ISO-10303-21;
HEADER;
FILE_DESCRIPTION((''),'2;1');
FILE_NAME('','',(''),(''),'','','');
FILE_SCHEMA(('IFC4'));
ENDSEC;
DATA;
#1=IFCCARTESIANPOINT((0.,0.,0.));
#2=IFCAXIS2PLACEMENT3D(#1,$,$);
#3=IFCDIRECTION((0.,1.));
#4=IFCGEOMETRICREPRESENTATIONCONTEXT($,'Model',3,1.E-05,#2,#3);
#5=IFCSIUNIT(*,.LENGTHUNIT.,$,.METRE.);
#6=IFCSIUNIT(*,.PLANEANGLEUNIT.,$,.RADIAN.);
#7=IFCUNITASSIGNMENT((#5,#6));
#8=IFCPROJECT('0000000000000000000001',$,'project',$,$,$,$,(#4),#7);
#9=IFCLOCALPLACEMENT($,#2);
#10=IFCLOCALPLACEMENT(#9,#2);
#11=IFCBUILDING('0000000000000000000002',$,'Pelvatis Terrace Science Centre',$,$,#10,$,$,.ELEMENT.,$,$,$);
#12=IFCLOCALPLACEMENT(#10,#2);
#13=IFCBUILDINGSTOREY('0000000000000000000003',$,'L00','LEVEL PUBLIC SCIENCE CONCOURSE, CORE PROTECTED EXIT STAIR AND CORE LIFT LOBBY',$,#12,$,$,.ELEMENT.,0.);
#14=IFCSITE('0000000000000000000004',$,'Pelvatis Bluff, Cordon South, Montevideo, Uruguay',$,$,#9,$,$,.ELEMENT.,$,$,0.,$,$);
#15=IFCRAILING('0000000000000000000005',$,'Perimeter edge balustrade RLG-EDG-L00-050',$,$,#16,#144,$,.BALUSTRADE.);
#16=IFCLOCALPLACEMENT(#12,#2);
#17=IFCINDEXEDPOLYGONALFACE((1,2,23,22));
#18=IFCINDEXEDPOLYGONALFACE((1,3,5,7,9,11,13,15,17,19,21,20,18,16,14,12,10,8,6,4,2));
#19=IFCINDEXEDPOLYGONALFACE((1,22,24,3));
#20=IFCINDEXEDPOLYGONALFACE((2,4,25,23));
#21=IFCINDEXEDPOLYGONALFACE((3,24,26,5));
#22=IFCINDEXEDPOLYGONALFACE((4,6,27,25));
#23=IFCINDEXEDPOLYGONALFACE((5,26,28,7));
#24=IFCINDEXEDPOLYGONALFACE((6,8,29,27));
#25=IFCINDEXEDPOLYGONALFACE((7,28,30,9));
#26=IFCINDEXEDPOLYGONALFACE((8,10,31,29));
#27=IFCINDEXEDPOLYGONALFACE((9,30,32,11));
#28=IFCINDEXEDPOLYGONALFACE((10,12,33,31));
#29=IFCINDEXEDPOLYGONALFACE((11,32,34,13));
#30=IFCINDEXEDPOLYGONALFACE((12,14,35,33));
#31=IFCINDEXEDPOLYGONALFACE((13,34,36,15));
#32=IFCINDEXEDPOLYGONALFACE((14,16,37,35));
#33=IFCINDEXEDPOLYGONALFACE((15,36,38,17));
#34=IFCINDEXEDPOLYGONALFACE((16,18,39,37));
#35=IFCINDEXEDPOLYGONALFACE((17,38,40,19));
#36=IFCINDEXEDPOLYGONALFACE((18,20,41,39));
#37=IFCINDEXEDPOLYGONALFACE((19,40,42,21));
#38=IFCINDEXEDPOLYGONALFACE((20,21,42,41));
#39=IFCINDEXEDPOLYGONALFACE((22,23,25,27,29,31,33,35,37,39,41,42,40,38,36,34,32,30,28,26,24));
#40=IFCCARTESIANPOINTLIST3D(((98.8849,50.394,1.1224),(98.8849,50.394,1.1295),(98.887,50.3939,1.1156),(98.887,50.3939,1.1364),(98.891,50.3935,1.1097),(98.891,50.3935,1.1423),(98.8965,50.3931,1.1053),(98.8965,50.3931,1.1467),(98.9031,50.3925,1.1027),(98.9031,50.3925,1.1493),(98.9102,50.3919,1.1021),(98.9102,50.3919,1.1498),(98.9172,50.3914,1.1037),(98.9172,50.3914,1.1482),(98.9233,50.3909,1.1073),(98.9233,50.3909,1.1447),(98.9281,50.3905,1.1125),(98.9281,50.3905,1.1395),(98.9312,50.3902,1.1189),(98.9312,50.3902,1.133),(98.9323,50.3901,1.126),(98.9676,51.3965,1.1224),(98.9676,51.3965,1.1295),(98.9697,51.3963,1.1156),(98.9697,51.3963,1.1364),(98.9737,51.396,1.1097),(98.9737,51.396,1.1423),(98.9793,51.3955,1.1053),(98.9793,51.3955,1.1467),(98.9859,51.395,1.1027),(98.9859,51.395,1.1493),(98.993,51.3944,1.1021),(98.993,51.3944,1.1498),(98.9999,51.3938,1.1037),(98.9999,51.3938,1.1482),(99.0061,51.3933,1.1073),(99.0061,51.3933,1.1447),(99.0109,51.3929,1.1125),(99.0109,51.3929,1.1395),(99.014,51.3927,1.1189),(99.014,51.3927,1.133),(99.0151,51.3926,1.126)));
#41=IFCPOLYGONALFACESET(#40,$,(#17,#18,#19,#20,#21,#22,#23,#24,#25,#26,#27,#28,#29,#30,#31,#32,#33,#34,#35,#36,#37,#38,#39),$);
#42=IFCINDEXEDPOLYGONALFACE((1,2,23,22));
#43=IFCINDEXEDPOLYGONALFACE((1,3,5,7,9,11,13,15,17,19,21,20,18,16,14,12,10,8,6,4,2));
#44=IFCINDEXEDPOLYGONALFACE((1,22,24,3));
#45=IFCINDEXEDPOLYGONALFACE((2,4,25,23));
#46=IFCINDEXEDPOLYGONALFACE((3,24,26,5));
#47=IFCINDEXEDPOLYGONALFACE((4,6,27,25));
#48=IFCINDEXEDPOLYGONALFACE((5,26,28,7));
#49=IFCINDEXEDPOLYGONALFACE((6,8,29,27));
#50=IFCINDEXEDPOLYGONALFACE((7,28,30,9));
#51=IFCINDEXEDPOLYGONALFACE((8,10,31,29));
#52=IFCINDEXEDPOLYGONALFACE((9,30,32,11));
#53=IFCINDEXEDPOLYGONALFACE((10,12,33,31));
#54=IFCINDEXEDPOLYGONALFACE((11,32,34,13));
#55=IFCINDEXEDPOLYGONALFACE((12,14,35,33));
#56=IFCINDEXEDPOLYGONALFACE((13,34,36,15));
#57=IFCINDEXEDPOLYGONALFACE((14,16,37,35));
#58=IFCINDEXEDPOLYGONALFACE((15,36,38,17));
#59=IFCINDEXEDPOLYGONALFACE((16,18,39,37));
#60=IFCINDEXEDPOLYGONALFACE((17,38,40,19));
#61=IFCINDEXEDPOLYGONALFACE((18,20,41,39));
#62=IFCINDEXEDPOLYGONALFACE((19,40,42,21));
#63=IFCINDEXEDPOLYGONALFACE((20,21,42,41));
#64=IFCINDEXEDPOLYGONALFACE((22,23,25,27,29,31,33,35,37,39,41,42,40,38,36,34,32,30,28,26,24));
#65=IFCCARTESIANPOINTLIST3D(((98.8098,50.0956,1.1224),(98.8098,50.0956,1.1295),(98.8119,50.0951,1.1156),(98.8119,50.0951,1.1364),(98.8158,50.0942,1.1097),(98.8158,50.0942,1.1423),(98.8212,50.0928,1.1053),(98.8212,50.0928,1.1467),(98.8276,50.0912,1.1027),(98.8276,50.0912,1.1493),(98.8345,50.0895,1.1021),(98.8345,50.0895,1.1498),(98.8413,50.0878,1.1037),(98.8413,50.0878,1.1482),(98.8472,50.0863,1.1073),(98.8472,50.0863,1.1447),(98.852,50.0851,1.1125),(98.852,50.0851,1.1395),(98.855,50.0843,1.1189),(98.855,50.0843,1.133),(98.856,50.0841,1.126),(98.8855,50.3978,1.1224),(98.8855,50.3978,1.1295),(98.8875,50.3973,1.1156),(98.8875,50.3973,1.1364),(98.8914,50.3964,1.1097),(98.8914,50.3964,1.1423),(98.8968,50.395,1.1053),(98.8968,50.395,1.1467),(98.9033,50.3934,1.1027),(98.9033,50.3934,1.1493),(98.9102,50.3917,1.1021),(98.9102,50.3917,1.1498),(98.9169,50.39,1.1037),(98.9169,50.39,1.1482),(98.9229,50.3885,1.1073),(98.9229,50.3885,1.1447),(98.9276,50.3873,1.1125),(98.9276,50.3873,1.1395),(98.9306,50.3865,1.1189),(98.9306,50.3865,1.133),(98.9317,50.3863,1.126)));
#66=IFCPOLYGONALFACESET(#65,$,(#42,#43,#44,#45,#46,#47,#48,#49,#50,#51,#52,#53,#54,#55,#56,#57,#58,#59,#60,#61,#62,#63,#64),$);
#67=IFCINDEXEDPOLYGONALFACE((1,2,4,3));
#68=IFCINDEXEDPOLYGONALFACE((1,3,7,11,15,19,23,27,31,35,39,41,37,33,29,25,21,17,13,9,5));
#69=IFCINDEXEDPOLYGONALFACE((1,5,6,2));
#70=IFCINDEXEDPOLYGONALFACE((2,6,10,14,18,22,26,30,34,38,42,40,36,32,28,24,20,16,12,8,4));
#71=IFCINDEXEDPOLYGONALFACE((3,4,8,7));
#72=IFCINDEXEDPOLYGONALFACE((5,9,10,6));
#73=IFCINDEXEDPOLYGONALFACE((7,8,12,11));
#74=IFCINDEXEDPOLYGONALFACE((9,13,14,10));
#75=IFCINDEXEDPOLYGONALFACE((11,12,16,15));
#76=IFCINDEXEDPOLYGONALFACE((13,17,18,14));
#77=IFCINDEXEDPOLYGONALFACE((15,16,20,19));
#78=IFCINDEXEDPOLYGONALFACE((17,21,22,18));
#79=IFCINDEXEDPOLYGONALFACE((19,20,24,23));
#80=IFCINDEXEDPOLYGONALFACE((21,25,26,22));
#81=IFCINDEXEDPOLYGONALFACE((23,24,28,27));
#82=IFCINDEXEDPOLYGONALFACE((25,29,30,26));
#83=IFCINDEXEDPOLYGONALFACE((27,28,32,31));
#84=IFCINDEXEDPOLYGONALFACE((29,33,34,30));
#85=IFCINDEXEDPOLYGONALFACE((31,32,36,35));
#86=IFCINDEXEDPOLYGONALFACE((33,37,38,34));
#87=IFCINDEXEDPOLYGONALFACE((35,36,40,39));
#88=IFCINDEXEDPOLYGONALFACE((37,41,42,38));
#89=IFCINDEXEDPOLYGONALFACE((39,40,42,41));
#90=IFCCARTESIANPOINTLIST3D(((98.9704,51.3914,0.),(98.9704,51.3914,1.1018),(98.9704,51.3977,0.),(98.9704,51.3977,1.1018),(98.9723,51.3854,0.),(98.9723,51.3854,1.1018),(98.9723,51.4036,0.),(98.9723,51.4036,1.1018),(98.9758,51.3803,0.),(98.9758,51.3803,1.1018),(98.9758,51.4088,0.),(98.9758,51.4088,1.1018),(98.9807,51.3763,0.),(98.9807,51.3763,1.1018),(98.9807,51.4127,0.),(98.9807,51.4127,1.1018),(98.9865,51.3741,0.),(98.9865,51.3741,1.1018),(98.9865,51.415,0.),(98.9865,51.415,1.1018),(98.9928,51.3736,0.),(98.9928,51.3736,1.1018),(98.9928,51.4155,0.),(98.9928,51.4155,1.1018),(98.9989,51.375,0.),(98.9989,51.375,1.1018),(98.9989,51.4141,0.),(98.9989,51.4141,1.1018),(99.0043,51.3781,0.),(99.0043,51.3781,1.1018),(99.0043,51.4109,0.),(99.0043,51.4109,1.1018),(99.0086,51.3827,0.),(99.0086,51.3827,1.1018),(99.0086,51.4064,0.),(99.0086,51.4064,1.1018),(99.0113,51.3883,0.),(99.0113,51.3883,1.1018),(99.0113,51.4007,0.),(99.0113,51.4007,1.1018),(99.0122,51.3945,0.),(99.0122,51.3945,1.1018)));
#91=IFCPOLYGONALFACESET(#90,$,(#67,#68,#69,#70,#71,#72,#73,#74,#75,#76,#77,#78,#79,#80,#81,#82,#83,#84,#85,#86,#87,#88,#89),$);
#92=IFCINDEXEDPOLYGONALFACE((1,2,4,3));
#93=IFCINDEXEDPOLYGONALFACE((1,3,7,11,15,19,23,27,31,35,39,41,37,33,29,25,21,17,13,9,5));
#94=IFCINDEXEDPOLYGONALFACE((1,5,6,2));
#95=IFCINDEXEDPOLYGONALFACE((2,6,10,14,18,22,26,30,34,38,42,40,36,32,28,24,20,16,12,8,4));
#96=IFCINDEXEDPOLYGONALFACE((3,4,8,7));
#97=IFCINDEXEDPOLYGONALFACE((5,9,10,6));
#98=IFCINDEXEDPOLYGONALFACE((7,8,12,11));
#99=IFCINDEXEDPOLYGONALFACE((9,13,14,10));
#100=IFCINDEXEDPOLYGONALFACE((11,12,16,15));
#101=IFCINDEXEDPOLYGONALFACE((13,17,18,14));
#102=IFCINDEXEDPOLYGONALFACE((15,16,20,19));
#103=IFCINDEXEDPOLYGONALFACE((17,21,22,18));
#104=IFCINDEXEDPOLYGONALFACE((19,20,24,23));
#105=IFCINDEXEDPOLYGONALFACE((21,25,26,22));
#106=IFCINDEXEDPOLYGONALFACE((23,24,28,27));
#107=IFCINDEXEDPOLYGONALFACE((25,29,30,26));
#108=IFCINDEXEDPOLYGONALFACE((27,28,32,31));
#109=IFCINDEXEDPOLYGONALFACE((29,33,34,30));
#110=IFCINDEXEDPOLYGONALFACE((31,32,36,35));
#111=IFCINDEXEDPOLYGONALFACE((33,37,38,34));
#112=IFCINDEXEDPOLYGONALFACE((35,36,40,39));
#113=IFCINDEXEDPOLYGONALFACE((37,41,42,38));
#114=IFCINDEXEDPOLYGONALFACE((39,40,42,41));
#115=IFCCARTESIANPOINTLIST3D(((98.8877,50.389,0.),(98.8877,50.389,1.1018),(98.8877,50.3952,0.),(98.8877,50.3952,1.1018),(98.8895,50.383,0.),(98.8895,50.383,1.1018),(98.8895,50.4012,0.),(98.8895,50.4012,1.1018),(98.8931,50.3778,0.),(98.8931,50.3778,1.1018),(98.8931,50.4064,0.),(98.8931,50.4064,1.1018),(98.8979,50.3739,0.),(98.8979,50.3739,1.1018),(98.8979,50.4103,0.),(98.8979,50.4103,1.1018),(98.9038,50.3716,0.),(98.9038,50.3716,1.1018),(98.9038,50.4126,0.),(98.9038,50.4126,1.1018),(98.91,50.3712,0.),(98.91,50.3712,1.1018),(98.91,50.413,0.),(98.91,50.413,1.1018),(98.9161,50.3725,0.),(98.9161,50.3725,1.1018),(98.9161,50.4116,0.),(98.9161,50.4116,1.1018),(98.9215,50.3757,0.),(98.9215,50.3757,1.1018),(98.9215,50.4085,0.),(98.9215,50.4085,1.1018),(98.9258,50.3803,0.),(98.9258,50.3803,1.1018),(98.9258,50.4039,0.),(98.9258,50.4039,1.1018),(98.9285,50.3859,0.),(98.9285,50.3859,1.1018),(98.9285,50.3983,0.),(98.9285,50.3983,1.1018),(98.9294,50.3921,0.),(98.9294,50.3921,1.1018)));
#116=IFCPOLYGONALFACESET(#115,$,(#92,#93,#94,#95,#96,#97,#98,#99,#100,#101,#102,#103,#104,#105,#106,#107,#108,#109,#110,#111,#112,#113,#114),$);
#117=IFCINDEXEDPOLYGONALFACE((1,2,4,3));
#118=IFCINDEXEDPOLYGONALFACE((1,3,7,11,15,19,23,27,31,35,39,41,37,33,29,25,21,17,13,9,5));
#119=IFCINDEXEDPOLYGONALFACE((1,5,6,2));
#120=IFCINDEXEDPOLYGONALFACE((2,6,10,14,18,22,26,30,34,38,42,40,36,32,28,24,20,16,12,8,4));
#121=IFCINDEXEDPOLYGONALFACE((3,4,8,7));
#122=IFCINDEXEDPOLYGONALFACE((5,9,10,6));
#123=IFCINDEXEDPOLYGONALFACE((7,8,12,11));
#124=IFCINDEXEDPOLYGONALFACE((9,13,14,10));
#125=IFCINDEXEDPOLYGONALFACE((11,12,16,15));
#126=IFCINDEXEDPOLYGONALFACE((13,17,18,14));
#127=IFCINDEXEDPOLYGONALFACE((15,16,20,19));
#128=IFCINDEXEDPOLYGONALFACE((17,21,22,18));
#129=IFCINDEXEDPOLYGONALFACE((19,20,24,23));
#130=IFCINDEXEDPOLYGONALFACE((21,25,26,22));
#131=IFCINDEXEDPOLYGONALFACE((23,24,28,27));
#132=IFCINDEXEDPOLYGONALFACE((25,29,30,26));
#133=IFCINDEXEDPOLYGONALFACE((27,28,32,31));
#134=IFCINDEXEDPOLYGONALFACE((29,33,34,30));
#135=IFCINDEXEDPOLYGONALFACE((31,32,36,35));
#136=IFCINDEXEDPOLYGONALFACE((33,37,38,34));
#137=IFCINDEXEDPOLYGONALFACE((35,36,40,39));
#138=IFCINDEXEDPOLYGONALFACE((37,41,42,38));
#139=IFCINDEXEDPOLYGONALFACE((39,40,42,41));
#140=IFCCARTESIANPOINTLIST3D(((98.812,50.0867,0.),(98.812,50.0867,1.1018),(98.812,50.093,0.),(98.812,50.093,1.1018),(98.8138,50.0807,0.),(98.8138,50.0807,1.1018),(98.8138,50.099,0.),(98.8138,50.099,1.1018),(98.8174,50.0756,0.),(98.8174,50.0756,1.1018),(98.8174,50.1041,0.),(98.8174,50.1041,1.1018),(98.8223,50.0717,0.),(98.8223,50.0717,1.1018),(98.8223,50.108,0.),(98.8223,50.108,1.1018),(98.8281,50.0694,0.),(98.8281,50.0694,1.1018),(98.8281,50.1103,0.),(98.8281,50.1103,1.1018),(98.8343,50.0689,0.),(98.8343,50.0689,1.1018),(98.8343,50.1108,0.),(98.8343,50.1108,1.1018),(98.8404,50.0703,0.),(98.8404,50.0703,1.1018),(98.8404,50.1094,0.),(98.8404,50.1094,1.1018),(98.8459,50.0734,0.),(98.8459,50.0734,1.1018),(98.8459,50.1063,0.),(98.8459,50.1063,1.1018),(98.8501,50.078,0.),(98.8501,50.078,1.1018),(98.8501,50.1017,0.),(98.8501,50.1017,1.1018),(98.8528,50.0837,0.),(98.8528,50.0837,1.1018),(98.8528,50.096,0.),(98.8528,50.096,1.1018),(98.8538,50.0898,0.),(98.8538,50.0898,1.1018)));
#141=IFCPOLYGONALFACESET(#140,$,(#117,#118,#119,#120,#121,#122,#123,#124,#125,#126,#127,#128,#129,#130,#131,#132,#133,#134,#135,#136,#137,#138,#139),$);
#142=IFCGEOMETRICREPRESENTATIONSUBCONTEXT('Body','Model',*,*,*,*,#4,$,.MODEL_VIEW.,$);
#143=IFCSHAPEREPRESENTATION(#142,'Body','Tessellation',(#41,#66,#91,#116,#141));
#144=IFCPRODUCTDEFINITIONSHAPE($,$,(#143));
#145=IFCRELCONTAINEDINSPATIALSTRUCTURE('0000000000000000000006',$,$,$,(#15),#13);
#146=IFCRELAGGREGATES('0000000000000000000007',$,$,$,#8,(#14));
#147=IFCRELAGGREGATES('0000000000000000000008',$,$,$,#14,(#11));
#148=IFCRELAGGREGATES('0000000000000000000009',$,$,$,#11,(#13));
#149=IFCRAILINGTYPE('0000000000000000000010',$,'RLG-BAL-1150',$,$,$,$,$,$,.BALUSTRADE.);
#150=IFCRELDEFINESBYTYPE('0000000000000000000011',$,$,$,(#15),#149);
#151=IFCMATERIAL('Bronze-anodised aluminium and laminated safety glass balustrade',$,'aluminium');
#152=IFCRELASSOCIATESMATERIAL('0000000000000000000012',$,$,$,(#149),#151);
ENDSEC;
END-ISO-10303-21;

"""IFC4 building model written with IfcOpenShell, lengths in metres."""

from ifc_helpers import new_model, si_unit, direction, frame, origin, origin_2d, place, context, subcontext, project, spatial, circle, extrude, material, type_object, element, save


model = new_model("IFC4")

# Units and contexts
model_context = context("Model", 3, precision=1e-05, world=origin(), true_north=direction((0.0, 1.0)))
body_context = subcontext(model_context, "Body", "Model", "MODEL_VIEW")
ifc_project = project(units=[si_unit("LENGTHUNIT", "METRE"), si_unit("PLANEANGLEUNIT", "RADIAN")], contexts=[model_context])

# Site, building, storey
site_placement = place(None, origin())
site = spatial("IfcSite", under=ifc_project, at=site_placement, Name="Pelvatis Bluff, Cordon South, Montevideo, Uruguay", CompositionType="ELEMENT", RefElevation=0.0)
building_placement = place(site_placement, origin())
building = spatial("IfcBuilding", under=site, at=building_placement, Name="Pelvatis Terrace Science Centre", CompositionType="ELEMENT")
storey_placement = place(building_placement, origin())
storey = spatial("IfcBuildingStorey", under=building, at=storey_placement, Name="L00", Description="LEVEL PUBLIC SCIENCE CONCOURSE, CORE PROTECTED EXIT STAIR AND CORE LIFT LOBBY", CompositionType="ELEMENT", Elevation=0.0)

# Railing
ifc_material_1 = material(Name="Bronze-anodised aluminium and laminated safety glass balustrade", Category="aluminium")
railing_type = type_object("IfcRailingType", Name="RLG-BAL-1150", PredefinedType="BALUSTRADE", material=ifc_material_1)
railing_1_placement = place(storey_placement, frame((98.9912, 51.3945, 0.0)))
element("IfcRailing", 1, at=railing_1_placement, inside=storey, type_object=railing_type, Name="Perimeter edge balustrade RLG-EDG-L00-050", PredefinedType="BALUSTRADE", context=body_context, shape_type="SweptSolid", body=[
    extrude(circle(Radius=0.0239, at=origin_2d()), frame((0.0, 0.0, 1.126), z_axis=(-0.082282, -0.996609, 0.0), x_axis=(0.996609, -0.082282, 0.0)), (0.0, 0.0, 1.0), 1.0059),
    extrude(circle(Radius=0.0239, at=origin_2d()), frame((-0.0828, -1.0024, 1.126), z_axis=(-0.242904, -0.97005, 0.0), x_axis=(0.97005, -0.242904, 0.0)), (0.0, 0.0, 1.0), 0.3115),
    extrude(circle(Radius=0.021, at=origin_2d()), origin(), (0.0, 0.0, 1.0), 1.1018),
    extrude(circle(Radius=0.021, at=origin_2d()), frame((-0.0828, -1.0024, 0.0)), (0.0, 0.0, 1.0), 1.1018),
    extrude(circle(Radius=0.021, at=origin_2d()), frame((-0.1584, -1.3047, 0.0)), (0.0, 0.0, 1.0), 1.1018),
])

save(model, "model.ifc")
